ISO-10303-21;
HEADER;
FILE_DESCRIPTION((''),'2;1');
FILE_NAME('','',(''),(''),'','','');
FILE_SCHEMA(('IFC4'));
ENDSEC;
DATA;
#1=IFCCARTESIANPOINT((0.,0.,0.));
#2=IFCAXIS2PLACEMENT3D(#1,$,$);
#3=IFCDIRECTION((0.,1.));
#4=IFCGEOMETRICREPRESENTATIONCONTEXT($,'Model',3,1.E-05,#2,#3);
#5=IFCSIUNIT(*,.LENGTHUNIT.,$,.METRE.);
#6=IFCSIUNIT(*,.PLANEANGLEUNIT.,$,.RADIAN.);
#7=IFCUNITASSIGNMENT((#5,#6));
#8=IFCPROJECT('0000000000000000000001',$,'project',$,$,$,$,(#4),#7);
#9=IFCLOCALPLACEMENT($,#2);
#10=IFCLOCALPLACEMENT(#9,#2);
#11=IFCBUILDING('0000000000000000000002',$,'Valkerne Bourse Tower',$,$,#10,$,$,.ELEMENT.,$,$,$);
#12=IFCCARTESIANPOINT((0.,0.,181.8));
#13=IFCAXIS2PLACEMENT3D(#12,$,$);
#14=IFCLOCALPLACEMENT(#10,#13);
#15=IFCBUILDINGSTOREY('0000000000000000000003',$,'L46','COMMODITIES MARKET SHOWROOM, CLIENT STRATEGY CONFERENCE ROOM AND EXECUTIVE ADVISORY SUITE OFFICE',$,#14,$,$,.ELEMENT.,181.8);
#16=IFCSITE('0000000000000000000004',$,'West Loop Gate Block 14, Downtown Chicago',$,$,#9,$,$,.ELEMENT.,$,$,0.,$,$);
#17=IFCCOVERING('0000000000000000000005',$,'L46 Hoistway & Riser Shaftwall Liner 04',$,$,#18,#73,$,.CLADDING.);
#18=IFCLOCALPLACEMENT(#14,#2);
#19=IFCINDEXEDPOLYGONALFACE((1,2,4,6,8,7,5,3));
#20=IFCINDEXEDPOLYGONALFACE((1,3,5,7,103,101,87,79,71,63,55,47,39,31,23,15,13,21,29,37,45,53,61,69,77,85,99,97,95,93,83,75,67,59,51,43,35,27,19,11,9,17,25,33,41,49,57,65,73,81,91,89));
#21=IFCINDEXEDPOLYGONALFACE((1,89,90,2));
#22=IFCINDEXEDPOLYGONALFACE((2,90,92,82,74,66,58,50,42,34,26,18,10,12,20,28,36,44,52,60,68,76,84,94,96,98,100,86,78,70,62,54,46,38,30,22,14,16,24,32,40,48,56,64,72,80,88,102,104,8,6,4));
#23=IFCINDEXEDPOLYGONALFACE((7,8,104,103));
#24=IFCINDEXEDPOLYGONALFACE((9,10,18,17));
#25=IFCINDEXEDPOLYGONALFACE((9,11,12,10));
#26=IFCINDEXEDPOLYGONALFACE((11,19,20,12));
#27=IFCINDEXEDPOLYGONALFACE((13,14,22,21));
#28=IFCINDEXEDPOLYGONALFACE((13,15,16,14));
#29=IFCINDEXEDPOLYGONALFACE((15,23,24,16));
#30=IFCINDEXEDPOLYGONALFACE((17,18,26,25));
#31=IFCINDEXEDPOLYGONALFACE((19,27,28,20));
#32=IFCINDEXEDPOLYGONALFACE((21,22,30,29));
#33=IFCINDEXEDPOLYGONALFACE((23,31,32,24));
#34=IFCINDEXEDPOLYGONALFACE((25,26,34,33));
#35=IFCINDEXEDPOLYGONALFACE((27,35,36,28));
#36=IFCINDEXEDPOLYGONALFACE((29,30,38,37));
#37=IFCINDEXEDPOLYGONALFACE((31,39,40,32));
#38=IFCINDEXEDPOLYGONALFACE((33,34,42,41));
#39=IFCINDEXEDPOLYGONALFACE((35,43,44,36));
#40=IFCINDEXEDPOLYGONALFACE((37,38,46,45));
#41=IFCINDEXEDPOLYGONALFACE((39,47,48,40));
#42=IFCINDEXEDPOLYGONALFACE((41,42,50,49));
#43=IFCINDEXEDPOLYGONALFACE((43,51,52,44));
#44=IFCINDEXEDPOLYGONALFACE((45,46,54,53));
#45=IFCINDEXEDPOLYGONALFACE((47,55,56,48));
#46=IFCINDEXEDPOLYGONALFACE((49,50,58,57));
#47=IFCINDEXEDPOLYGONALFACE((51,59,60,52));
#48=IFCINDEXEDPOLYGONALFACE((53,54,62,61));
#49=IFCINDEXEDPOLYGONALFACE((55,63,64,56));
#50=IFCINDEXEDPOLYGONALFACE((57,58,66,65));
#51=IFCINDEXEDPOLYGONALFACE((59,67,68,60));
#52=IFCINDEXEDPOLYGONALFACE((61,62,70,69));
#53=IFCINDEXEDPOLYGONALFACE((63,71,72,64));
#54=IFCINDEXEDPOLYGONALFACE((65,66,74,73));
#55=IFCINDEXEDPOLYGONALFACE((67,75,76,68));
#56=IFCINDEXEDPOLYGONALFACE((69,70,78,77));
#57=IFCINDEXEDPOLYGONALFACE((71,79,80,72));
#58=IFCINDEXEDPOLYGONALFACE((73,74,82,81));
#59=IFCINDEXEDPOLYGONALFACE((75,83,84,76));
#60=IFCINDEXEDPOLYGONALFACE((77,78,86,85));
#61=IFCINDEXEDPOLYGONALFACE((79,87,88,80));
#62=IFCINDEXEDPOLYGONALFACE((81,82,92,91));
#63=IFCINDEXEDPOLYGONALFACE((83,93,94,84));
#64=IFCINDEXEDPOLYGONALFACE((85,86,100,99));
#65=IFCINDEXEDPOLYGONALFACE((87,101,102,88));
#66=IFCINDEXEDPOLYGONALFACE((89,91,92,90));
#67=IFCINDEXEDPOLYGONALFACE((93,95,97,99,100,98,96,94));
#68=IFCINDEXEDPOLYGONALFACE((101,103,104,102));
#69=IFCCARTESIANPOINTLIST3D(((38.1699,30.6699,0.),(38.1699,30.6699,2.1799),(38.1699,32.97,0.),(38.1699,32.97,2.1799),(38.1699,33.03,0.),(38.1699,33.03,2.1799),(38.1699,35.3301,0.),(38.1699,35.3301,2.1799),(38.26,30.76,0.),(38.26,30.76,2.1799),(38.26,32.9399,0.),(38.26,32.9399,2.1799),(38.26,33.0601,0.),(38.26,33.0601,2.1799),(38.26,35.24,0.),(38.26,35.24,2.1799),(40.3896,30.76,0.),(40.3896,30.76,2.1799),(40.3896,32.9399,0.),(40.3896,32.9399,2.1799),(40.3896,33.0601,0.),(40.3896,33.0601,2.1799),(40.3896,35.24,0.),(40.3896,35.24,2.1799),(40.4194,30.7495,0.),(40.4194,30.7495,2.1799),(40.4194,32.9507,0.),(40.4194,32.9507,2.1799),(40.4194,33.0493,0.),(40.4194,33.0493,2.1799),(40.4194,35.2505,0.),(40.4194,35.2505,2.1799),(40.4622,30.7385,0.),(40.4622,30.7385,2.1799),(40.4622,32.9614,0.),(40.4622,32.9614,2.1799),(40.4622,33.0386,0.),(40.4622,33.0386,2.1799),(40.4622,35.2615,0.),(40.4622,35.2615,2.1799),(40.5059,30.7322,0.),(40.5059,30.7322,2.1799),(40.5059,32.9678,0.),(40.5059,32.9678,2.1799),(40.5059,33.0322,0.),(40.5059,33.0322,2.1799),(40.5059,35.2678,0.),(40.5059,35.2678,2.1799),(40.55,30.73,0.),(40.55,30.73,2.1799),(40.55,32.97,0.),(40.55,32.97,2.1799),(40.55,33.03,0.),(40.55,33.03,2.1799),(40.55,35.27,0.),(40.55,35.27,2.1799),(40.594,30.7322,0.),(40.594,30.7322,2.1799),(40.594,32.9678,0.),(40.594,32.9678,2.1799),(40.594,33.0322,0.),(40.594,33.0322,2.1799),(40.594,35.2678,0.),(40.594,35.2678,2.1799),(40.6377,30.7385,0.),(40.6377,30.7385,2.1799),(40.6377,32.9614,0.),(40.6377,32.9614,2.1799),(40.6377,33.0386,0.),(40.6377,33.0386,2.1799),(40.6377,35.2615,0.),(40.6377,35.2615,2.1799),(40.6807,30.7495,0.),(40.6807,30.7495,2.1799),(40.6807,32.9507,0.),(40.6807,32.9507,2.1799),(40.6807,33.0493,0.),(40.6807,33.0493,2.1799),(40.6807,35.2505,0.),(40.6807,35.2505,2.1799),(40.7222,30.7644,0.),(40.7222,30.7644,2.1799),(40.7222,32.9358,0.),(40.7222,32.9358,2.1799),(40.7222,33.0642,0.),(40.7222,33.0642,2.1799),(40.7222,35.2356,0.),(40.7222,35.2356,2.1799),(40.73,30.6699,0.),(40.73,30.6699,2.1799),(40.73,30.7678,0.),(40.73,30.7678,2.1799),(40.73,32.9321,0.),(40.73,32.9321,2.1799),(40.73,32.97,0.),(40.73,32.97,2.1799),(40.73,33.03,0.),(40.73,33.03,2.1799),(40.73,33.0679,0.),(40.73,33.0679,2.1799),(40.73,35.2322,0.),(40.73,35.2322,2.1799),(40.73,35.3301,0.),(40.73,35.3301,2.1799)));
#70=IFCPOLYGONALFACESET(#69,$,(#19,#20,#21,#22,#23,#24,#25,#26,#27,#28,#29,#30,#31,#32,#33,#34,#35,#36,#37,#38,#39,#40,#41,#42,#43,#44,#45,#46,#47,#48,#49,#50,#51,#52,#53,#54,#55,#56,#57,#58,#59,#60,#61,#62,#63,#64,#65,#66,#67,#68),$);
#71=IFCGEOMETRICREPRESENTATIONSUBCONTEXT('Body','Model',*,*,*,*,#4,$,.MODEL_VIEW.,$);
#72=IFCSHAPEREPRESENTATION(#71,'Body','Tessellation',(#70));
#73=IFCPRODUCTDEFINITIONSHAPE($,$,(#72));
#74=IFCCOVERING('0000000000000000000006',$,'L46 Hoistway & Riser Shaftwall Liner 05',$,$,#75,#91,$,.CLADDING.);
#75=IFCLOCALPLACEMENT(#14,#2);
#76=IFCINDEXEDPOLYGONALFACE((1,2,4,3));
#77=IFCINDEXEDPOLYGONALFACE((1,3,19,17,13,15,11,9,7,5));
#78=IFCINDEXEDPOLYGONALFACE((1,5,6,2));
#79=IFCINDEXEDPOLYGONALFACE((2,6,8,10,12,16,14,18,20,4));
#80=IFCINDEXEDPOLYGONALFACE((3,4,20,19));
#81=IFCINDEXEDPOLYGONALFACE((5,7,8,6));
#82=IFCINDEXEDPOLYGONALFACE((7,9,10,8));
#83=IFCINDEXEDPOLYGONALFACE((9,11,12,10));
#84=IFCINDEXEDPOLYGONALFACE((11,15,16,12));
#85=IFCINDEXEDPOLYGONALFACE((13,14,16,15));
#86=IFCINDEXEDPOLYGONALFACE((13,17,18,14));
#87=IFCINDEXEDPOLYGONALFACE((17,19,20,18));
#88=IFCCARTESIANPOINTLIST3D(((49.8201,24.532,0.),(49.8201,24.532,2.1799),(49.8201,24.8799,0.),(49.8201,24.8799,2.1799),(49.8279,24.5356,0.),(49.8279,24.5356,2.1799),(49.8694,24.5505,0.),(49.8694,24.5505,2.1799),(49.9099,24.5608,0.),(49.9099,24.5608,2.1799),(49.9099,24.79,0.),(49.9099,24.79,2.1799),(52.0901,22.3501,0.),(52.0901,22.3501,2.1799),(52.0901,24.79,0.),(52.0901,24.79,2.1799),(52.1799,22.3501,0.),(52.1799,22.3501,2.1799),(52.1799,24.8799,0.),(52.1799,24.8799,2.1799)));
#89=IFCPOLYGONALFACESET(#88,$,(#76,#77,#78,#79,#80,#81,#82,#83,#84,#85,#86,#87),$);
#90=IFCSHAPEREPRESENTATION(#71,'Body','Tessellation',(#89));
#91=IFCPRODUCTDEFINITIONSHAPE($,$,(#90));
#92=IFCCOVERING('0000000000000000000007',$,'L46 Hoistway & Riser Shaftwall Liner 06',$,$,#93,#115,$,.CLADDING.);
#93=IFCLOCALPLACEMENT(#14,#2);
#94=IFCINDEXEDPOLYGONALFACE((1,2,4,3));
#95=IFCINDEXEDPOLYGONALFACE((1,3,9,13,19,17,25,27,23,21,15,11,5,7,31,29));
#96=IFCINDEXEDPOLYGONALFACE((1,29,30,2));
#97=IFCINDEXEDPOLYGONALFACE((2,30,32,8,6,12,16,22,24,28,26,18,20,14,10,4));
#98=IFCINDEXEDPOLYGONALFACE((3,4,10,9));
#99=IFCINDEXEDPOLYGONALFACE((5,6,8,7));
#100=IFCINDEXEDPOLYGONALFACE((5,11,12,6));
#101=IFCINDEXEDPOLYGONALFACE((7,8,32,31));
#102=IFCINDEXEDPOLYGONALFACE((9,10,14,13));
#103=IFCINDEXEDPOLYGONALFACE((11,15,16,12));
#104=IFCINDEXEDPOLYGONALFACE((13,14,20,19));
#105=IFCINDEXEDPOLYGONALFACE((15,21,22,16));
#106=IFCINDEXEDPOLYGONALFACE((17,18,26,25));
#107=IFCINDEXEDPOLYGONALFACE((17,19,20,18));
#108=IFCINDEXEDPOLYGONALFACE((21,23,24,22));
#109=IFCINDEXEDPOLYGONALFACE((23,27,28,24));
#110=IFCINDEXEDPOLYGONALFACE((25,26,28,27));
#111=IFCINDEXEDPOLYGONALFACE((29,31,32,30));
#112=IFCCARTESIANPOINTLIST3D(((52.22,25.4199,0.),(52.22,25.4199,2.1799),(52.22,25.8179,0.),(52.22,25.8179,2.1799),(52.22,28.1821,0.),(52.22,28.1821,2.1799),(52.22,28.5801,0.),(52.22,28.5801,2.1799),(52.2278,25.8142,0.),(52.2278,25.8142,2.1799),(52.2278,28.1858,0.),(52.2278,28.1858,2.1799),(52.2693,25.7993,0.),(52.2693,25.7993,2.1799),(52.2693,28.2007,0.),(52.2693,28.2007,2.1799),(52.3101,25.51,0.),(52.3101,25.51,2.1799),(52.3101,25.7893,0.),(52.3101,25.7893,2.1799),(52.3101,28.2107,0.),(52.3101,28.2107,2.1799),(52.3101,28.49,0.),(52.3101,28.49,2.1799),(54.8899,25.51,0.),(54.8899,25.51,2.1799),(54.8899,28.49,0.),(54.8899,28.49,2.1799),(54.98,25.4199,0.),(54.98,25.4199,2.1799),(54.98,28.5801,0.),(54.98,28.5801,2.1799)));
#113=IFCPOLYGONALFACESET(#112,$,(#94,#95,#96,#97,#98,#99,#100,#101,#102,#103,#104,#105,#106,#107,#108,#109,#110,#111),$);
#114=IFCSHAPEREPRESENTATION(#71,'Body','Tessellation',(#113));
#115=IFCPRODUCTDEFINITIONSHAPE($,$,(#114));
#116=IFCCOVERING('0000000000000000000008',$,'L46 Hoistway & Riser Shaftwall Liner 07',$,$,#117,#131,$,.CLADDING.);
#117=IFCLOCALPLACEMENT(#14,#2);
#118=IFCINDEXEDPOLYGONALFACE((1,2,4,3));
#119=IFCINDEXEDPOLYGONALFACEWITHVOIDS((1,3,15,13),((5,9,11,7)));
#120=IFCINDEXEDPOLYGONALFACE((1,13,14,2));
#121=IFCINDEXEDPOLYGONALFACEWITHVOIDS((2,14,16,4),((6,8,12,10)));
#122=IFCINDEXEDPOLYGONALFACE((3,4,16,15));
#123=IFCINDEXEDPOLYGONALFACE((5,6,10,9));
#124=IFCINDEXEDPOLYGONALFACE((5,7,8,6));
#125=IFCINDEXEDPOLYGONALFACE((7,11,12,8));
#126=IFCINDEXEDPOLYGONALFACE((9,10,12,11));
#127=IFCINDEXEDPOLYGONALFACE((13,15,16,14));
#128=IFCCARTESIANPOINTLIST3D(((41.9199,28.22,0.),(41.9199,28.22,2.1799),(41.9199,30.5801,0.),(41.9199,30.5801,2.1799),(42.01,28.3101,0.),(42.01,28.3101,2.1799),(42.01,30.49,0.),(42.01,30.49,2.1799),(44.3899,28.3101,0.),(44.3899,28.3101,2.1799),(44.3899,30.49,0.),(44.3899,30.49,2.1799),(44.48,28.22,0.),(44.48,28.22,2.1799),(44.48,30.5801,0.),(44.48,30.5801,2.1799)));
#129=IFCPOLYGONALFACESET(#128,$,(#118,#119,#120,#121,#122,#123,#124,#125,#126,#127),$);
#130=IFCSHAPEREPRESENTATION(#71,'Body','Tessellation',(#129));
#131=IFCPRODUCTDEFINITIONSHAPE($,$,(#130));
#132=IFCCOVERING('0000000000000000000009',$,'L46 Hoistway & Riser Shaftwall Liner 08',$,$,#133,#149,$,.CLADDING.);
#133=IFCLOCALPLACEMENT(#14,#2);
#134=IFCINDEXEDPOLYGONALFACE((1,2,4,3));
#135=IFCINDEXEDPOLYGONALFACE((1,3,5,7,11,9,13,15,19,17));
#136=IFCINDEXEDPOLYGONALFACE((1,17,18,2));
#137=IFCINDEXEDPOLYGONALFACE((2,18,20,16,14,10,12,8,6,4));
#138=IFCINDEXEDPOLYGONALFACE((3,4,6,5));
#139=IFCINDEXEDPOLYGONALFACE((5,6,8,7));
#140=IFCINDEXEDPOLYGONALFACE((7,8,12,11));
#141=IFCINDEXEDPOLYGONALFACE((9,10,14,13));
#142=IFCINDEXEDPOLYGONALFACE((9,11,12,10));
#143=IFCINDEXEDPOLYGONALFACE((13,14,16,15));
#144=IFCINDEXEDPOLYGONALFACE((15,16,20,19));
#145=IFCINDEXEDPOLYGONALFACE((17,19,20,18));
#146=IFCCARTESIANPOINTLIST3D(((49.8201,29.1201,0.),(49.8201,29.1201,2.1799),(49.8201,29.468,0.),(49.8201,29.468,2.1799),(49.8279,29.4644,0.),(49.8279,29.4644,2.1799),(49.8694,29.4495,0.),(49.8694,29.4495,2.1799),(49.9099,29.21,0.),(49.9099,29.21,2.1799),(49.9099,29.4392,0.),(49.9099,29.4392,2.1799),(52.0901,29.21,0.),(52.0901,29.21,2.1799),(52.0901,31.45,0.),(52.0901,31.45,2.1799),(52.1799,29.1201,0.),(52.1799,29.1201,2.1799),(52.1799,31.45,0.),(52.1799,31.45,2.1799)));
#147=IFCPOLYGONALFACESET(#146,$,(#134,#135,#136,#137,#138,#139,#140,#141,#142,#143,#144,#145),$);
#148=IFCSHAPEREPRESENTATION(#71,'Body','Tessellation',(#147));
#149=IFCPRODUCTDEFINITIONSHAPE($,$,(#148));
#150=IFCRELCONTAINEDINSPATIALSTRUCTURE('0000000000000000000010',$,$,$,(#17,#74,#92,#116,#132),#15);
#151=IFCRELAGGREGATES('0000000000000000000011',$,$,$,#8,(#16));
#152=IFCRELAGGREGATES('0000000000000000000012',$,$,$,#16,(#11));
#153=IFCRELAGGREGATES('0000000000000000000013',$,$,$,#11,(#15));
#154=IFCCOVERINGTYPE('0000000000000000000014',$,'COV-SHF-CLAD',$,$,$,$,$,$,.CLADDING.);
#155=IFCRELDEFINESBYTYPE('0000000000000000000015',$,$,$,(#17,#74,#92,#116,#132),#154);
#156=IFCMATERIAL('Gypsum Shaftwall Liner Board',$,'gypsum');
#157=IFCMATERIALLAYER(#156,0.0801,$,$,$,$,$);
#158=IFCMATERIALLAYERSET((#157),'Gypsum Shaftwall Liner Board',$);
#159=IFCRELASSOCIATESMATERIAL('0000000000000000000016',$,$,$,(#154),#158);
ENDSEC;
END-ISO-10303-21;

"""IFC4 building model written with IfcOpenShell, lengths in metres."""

from ifc_helpers import new_model, si_unit, direction, frame, origin, place, context, subcontext, project, spatial, polyline, outline, extrude, material, layer, layer_set, type_object, element, save


model = new_model("IFC4")

# Units and contexts
model_context = context("Model", 3, precision=1e-05, world=origin(), true_north=direction((0.0, 1.0)))
body_context = subcontext(model_context, "Body", "Model", "MODEL_VIEW")
ifc_project = project(units=[si_unit("LENGTHUNIT", "METRE"), si_unit("PLANEANGLEUNIT", "RADIAN")], contexts=[model_context])

# Site, building, storey
site_placement = place(None, origin())
site = spatial("IfcSite", under=ifc_project, at=site_placement, Name="West Loop Gate Block 14, Downtown Chicago", CompositionType="ELEMENT", RefElevation=0.0)
building_placement = place(site_placement, origin())
building = spatial("IfcBuilding", under=site, at=building_placement, Name="Valkerne Bourse Tower", CompositionType="ELEMENT")
storey_placement = place(building_placement, frame((0.0, 0.0, 181.8)))
storey = spatial("IfcBuildingStorey", under=building, at=storey_placement, Name="L46", Description="COMMODITIES MARKET SHOWROOM, CLIENT STRATEGY CONFERENCE ROOM AND EXECUTIVE ADVISORY SUITE OFFICE", CompositionType="ELEMENT", Elevation=181.8)

# Coverings
ifc_material_1 = material(Name="Gypsum Shaftwall Liner Board", Category="gypsum")
ifc_layer_1 = layer(ifc_material_1, 0.0801)
ifc_layer_set_1 = layer_set([ifc_layer_1], Name="Gypsum Shaftwall Liner Board")
covering_type_1 = type_object("IfcCoveringType", Name="COV-SHF-CLAD", PredefinedType="CLADDING", material=ifc_layer_set_1)
covering_1_placement = place(storey_placement, origin())
element("IfcCovering", 1, at=covering_1_placement, inside=storey, type_object=covering_type_1, Name="L46 Hoistway & Riser Shaftwall Liner 04", PredefinedType="CLADDING", context=body_context, shape_type="SweptSolid", body=[
    extrude(outline(polyline([(38.1699, 35.3301), (40.73, 35.3301), (40.73, 35.2322), (40.7222, 35.2356), (40.6807, 35.2505), (40.6377, 35.2615), (40.594, 35.2678), (40.55, 35.27), (40.5059, 35.2678), (40.4622, 35.2615), (40.4194, 35.2505), (40.3896, 35.24), (38.26, 35.24), (38.26, 33.0601), (40.3896, 33.0601), (40.4194, 33.0493), (40.4622, 33.0386), (40.5059, 33.0322), (40.55, 33.03), (40.594, 33.0322), (40.6377, 33.0386), (40.6807, 33.0493), (40.7222, 33.0642), (40.73, 33.0679), (40.73, 33.03), (40.73, 32.97), (40.73, 32.9321), (40.7222, 32.9358), (40.6807, 32.9507), (40.6377, 32.9614), (40.594, 32.9678), (40.55, 32.97), (40.5059, 32.9678), (40.4622, 32.9614), (40.4194, 32.9507), (40.3896, 32.9399), (38.26, 32.9399), (38.26, 30.76), (40.3896, 30.76), (40.4194, 30.7495), (40.4622, 30.7385), (40.5059, 30.7322), (40.55, 30.73), (40.594, 30.7322), (40.6377, 30.7385), (40.6807, 30.7495), (40.7222, 30.7644), (40.73, 30.7678), (40.73, 30.6699), (38.1699, 30.6699), (38.1699, 32.97), (38.1699, 33.03), (38.1699, 35.3301)])), origin(), (0.0, 0.0, 1.0), 2.1799),
])
covering_2_placement = place(storey_placement, origin())
element("IfcCovering", 2, at=covering_2_placement, inside=storey, type_object=covering_type_1, Name="L46 Hoistway & Riser Shaftwall Liner 05", PredefinedType="CLADDING", context=body_context, shape_type="SweptSolid", body=[
    extrude(outline(polyline([(52.1799, 22.3501), (52.0901, 22.3501), (52.0901, 24.79), (49.9099, 24.79), (49.9099, 24.5608), (49.8694, 24.5505), (49.8279, 24.5356), (49.8201, 24.532), (49.8201, 24.8799), (52.1799, 24.8799), (52.1799, 22.3501)])), origin(), (0.0, 0.0, 1.0), 2.1799),
])
covering_3_placement = place(storey_placement, origin())
element("IfcCovering", 3, at=covering_3_placement, inside=storey, type_object=covering_type_1, Name="L46 Hoistway & Riser Shaftwall Liner 06", PredefinedType="CLADDING", context=body_context, shape_type="SweptSolid", body=[
    extrude(outline(polyline([(54.98, 25.4199), (52.22, 25.4199), (52.22, 25.8179), (52.2278, 25.8142), (52.2693, 25.7993), (52.3101, 25.7893), (52.3101, 25.51), (54.8899, 25.51), (54.8899, 28.49), (52.3101, 28.49), (52.3101, 28.2107), (52.2693, 28.2007), (52.2278, 28.1858), (52.22, 28.1821), (52.22, 28.5801), (54.98, 28.5801), (54.98, 25.4199)])), origin(), (0.0, 0.0, 1.0), 2.1799),
])
covering_4_placement = place(storey_placement, origin())
element("IfcCovering", 4, at=covering_4_placement, inside=storey, type_object=covering_type_1, Name="L46 Hoistway & Riser Shaftwall Liner 07", PredefinedType="CLADDING", context=body_context, shape_type="SweptSolid", body=[
    extrude(outline(polyline([(44.48, 28.22), (41.9199, 28.22), (41.9199, 30.5801), (44.48, 30.5801), (44.48, 28.22)]), holes=[polyline([(42.01, 30.49), (42.01, 28.3101), (44.3899, 28.3101), (44.3899, 30.49), (42.01, 30.49)])]), origin(), (0.0, 0.0, 1.0), 2.1799),
])
covering_5_placement = place(storey_placement, origin())
element("IfcCovering", 5, at=covering_5_placement, inside=storey, type_object=covering_type_1, Name="L46 Hoistway & Riser Shaftwall Liner 08", PredefinedType="CLADDING", context=body_context, shape_type="SweptSolid", body=[
    extrude(outline(polyline([(49.8201, 29.1201), (49.8201, 29.468), (49.8279, 29.4644), (49.8694, 29.4495), (49.9099, 29.4392), (49.9099, 29.21), (52.0901, 29.21), (52.0901, 31.45), (52.1799, 31.45), (52.1799, 29.1201), (49.8201, 29.1201)])), origin(), (0.0, 0.0, 1.0), 2.1799),
])

save(model, "model.ifc")
